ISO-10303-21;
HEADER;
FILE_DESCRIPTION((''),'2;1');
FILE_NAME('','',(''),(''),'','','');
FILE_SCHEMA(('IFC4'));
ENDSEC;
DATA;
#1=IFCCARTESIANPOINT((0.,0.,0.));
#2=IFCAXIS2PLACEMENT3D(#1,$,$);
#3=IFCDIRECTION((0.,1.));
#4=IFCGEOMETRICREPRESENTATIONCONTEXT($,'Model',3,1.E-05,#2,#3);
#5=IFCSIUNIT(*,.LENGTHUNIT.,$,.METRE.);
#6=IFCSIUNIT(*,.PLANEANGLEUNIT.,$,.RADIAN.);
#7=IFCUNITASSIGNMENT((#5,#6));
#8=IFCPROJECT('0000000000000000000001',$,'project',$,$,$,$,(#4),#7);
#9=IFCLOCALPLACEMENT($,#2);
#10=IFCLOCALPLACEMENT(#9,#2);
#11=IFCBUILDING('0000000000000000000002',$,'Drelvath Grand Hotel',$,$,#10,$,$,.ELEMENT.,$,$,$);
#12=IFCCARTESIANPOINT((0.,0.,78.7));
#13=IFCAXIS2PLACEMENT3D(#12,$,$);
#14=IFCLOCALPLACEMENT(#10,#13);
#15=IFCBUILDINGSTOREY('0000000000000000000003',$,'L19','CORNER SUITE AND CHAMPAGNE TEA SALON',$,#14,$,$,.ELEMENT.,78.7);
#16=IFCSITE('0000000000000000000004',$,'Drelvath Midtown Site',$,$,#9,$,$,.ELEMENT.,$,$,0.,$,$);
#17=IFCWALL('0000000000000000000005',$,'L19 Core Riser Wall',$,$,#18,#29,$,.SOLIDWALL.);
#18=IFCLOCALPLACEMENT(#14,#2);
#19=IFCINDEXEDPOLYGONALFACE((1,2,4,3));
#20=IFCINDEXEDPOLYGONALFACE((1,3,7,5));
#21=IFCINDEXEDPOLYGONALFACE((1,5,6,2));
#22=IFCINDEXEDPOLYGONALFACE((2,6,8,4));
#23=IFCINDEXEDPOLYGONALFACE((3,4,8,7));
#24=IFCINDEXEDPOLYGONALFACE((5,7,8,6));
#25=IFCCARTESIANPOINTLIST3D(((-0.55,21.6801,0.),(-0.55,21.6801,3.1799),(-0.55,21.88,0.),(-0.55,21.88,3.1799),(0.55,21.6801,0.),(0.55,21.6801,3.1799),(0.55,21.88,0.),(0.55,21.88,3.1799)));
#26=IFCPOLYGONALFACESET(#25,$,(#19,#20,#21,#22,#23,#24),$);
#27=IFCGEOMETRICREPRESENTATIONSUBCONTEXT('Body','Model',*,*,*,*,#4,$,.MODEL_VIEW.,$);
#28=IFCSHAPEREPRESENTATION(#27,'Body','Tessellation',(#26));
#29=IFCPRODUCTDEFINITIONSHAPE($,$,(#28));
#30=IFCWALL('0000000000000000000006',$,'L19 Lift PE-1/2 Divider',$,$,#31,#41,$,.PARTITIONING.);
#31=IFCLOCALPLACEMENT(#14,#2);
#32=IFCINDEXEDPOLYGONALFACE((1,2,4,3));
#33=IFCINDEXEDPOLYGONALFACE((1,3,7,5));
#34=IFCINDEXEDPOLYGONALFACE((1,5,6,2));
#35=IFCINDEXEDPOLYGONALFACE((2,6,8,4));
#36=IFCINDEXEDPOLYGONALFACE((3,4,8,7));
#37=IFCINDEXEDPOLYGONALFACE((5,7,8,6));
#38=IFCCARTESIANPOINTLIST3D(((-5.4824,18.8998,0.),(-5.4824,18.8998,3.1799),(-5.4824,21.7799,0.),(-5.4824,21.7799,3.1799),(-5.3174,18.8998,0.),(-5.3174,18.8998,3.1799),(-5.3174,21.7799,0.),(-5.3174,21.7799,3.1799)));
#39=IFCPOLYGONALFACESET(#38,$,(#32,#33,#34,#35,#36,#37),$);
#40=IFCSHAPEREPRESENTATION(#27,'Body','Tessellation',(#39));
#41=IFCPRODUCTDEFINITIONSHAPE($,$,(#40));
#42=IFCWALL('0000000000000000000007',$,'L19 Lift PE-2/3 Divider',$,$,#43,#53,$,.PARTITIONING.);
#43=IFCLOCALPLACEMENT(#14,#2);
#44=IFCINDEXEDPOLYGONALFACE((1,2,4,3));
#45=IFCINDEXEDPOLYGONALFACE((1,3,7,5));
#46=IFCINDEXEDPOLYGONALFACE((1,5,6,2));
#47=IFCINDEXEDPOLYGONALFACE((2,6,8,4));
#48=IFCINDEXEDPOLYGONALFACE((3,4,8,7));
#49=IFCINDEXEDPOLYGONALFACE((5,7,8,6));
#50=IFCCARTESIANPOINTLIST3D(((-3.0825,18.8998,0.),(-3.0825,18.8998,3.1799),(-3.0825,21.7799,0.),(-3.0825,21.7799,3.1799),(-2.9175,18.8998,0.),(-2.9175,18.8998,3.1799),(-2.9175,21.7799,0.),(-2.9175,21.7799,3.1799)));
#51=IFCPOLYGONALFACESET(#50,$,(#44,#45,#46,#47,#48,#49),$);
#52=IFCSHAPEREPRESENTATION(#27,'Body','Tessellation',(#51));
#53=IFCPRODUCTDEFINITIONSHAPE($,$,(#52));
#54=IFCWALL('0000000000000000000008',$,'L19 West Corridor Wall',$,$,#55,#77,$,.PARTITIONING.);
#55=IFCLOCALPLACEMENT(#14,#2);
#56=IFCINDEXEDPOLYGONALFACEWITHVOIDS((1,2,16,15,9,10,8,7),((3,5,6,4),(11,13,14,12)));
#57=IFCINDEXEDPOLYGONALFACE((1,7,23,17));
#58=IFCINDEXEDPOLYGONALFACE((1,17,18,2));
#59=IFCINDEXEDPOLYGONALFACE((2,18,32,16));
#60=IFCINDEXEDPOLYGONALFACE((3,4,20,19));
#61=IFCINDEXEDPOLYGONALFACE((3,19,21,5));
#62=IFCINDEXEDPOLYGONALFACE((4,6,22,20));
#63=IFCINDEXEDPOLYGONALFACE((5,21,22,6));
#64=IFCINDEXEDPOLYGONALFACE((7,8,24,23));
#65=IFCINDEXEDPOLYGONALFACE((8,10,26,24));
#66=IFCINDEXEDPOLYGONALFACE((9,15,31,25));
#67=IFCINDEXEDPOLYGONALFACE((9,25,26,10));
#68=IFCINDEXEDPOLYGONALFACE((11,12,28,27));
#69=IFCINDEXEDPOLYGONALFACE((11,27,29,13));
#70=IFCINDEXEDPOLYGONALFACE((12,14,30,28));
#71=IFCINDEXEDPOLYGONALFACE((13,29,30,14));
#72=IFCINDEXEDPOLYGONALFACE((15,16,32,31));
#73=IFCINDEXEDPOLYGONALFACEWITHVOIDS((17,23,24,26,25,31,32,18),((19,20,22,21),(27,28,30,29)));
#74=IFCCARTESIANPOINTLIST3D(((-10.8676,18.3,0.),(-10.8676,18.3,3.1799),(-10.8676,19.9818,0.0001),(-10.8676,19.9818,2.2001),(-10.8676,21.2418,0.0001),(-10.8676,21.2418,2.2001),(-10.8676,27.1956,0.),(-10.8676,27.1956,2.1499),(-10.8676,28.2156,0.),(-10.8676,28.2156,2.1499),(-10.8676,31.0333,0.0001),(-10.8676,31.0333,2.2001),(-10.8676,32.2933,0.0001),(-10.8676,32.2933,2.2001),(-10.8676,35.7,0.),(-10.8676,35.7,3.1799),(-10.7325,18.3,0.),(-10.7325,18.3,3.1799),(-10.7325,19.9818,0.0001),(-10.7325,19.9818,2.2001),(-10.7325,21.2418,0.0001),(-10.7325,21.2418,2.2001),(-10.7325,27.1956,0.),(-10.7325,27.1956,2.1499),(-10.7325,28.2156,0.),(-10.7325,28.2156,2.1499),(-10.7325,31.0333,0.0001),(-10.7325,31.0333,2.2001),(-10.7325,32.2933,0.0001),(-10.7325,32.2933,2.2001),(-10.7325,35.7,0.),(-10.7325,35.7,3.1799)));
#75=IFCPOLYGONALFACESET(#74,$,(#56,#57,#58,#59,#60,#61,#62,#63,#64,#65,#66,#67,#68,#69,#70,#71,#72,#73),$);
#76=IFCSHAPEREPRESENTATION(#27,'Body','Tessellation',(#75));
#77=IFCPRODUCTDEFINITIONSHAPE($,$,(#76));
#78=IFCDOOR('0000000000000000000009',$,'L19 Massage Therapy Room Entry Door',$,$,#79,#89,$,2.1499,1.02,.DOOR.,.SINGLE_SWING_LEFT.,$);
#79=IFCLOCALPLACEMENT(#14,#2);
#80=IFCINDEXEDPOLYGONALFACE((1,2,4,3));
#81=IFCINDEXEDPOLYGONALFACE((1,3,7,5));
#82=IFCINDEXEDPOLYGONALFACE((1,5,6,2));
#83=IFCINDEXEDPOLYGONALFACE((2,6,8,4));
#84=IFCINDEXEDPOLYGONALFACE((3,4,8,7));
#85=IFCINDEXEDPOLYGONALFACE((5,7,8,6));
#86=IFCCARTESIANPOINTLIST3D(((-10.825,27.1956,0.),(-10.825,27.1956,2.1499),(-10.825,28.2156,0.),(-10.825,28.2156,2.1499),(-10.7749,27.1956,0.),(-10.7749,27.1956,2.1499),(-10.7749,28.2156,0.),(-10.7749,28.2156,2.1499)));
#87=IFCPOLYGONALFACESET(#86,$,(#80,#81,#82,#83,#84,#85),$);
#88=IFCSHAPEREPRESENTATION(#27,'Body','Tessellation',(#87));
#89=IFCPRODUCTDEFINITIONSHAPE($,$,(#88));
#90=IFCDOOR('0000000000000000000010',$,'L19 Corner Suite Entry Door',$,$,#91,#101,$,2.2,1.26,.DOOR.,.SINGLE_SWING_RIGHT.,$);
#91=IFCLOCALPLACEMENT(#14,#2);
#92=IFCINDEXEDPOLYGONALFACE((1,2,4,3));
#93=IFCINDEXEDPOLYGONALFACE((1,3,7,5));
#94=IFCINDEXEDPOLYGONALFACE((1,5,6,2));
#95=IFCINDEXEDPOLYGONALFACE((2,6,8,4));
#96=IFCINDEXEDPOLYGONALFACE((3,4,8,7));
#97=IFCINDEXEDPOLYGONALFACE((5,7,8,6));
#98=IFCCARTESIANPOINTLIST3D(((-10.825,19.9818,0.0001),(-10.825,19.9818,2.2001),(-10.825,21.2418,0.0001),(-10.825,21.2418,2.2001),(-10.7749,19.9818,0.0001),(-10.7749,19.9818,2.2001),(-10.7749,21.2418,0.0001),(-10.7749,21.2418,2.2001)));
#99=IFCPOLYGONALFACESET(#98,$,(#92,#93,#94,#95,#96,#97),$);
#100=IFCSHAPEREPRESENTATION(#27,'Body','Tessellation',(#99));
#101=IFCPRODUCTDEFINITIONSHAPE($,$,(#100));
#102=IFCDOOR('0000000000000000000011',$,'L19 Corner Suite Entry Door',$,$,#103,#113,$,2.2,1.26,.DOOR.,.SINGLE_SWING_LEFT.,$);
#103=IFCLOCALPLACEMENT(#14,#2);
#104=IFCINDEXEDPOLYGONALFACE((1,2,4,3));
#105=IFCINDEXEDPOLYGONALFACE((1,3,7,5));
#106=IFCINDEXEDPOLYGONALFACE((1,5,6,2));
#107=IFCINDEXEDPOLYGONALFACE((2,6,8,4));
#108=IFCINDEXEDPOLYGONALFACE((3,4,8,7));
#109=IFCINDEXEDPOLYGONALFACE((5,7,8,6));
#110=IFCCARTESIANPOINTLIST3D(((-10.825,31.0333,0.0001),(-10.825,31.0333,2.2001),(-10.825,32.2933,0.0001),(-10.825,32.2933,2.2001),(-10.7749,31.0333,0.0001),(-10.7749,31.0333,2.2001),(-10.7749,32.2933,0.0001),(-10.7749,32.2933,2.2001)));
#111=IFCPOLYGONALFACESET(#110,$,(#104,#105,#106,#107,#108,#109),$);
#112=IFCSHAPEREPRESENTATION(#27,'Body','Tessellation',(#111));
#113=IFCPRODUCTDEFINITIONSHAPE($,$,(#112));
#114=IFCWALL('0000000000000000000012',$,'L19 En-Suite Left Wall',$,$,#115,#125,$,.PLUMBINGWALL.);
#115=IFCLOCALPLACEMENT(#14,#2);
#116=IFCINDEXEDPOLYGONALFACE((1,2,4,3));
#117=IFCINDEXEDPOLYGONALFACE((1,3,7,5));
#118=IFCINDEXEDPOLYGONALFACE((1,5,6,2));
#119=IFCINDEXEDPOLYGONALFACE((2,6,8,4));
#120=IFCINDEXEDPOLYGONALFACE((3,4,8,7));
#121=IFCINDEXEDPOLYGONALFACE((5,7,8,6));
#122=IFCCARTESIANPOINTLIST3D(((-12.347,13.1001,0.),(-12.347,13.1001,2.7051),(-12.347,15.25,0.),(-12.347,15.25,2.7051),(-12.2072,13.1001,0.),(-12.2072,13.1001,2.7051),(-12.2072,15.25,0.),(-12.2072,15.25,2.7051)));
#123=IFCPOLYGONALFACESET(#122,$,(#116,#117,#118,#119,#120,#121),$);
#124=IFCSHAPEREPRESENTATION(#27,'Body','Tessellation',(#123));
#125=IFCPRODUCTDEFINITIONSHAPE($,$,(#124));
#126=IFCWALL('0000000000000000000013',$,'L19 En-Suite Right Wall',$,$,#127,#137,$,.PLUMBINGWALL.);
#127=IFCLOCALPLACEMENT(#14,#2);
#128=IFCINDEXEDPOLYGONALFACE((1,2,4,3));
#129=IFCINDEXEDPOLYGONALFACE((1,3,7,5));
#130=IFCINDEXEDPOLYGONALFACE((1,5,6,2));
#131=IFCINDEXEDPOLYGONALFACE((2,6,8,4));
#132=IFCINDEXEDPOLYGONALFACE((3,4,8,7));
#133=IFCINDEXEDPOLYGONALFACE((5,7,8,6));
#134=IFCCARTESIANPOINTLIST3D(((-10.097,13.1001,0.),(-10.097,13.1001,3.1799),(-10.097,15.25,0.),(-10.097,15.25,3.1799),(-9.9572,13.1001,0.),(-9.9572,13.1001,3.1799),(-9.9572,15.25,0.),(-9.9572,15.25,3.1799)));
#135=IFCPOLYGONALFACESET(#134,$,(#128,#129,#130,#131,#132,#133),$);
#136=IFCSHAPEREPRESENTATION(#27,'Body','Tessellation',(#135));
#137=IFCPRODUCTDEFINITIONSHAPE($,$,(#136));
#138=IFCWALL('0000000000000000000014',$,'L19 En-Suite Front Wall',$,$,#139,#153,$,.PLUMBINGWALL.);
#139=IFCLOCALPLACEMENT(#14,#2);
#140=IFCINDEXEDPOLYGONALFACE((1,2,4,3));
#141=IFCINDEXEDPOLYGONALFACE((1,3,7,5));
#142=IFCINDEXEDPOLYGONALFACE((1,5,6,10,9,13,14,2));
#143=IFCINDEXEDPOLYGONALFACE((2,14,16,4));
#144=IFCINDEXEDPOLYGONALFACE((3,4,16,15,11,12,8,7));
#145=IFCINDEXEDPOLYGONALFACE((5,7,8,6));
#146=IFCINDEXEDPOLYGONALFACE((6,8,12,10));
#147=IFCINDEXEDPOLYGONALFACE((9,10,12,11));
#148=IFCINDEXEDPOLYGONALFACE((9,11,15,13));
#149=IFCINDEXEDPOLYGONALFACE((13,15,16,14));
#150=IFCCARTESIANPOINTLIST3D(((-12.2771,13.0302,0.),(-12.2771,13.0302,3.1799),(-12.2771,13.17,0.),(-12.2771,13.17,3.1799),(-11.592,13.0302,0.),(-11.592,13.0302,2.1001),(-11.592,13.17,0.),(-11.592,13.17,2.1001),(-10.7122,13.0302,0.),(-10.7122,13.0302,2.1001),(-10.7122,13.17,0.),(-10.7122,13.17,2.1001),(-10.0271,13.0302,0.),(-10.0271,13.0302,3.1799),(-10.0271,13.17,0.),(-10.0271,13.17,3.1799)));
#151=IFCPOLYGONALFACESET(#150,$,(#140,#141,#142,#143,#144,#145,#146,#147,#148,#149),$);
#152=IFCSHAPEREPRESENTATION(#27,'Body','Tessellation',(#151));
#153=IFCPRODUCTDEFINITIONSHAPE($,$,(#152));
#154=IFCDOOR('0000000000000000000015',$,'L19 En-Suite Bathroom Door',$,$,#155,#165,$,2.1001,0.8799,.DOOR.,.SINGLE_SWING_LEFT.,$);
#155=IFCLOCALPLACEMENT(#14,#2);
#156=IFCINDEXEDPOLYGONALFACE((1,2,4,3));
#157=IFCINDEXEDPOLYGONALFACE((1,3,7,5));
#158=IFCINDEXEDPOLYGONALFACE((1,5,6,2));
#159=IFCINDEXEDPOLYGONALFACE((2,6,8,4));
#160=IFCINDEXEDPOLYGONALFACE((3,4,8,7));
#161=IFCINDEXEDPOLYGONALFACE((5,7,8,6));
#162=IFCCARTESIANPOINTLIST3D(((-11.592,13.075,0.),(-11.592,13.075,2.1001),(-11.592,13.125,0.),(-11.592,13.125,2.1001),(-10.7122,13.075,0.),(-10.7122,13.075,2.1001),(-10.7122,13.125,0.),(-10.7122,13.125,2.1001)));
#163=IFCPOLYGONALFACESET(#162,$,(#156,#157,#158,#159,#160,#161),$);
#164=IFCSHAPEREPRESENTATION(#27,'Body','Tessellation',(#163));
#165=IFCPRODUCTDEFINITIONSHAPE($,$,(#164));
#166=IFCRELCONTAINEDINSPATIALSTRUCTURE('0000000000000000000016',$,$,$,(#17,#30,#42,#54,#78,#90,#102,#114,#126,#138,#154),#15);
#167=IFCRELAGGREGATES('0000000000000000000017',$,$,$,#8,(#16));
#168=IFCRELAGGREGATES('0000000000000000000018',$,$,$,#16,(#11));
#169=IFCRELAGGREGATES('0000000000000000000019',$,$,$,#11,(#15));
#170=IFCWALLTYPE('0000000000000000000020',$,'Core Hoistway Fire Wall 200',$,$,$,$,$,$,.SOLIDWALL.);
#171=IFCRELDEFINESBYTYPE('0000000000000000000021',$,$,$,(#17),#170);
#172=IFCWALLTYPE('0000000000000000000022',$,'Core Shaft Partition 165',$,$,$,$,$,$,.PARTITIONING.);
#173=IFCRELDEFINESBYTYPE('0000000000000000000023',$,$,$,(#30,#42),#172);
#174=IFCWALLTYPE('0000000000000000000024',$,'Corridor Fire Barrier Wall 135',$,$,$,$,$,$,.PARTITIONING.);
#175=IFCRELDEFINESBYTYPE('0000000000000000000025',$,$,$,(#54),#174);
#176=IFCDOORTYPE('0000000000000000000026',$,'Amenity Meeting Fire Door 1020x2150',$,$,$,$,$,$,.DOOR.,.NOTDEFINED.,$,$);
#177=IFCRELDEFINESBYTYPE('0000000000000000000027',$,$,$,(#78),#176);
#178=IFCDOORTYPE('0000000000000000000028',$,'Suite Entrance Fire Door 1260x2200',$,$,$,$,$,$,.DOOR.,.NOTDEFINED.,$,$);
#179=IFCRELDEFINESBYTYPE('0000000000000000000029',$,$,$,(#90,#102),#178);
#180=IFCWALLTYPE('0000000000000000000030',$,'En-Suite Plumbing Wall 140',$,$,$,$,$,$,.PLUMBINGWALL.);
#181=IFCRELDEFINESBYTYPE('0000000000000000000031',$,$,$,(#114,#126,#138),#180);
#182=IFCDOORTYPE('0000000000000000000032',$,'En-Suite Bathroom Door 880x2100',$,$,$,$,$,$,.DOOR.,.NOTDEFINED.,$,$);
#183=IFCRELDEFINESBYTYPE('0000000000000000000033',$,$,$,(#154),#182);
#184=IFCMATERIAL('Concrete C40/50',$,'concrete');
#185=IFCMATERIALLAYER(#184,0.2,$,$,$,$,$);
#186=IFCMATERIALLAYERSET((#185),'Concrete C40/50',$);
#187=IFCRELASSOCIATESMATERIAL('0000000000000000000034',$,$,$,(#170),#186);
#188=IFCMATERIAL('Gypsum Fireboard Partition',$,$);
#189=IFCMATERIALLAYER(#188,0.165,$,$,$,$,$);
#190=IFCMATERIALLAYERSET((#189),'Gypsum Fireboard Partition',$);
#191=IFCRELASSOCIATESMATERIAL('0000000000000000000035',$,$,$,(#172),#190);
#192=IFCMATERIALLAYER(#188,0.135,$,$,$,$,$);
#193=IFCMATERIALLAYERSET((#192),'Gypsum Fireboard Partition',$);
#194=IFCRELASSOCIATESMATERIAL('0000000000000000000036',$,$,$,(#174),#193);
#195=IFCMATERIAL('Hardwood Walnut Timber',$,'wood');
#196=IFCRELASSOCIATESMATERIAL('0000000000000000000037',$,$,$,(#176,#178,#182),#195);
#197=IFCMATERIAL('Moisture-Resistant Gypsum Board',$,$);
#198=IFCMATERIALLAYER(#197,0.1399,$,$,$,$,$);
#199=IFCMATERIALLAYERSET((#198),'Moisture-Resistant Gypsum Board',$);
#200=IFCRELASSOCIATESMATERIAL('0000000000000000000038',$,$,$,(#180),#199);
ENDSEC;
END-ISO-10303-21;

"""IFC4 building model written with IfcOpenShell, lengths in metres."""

from ifc_helpers import new_model, si_unit, direction, frame, frame_2d, origin, place, context, subcontext, project, spatial, rectangle, extrude, material, layer, layer_set, type_object, element, fill, save


model = new_model("IFC4")

# Units and contexts
model_context = context("Model", 3, precision=1e-05, world=origin(), true_north=direction((0.0, 1.0)))
body_context = subcontext(model_context, "Body", "Model", "MODEL_VIEW")
ifc_project = project(units=[si_unit("LENGTHUNIT", "METRE"), si_unit("PLANEANGLEUNIT", "RADIAN")], contexts=[model_context])

# Site, building, storey
site_placement = place(None, origin())
site = spatial("IfcSite", under=ifc_project, at=site_placement, Name="Drelvath Midtown Site", CompositionType="ELEMENT", RefElevation=0.0)
building_placement = place(site_placement, origin())
building = spatial("IfcBuilding", under=site, at=building_placement, Name="Drelvath Grand Hotel", CompositionType="ELEMENT")
storey_placement = place(building_placement, frame((0.0, 0.0, 78.7)))
storey = spatial("IfcBuildingStorey", under=building, at=storey_placement, Name="L19", Description="CORNER SUITE AND CHAMPAGNE TEA SALON", CompositionType="ELEMENT", Elevation=78.7)

# Shared definitions
ifc_material_1 = material(Name="Concrete C40/50", Category="concrete")
ifc_layer_1 = layer(ifc_material_1, 0.2)
ifc_layer_set_1 = layer_set([ifc_layer_1], Name="Concrete C40/50")
wall_type_1 = type_object("IfcWallType", Name="Core Hoistway Fire Wall 200", PredefinedType="SOLIDWALL", material=ifc_layer_set_1)

# Walls
wall_1_placement = place(storey_placement, frame((-0.55, 21.78, 0.0), z_axis=(0.0, 0.0, 1.0), x_axis=(1.0, 0.0, 0.0)))
element("IfcWall", 1, at=wall_1_placement, inside=storey, type_object=wall_type_1, Name="L19 Core Riser Wall", PredefinedType="SOLIDWALL", context=body_context, shape_type="SweptSolid", body=[
    extrude(rectangle(XDim=1.1001, YDim=0.2, at=frame_2d((0.55, 0.0))), origin(), (0.0, 0.0, 1.0), 3.1799),
])
ifc_material_2 = material(Name="Gypsum Fireboard Partition")
ifc_layer_2 = layer(ifc_material_2, 0.165)
ifc_layer_set_2 = layer_set([ifc_layer_2], Name="Gypsum Fireboard Partition")
wall_type_2 = type_object("IfcWallType", Name="Core Shaft Partition 165", PredefinedType="PARTITIONING", material=ifc_layer_set_2)
for number, where, z_axis, x_axis, name in (
    (2, (-5.3999, 18.8999, 0.0), (0.0, 0.0, 1.0), (0.0, 1.0, 0.0), "L19 Lift PE-1/2 Divider"),
    (3, (-3.0, 18.8999, 0.0), (0.0, 0.0, 1.0), (0.0, 1.0, 0.0), "L19 Lift PE-2/3 Divider"),
):
    element("IfcWall", number, at=place(storey_placement, frame(where, z_axis=z_axis, x_axis=x_axis)), inside=storey, type_object=wall_type_2, Name=name, PredefinedType="PARTITIONING", context=body_context, shape_type="SweptSolid", body=[
        extrude(rectangle(XDim=2.8801, YDim=0.165, at=frame_2d((1.4399, 0.0))), origin(), (0.0, 0.0, 1.0), 3.1799),
    ])

# Wall, openings, doors
ifc_layer_3 = layer(ifc_material_2, 0.135)
ifc_layer_set_3 = layer_set([ifc_layer_3], Name="Gypsum Fireboard Partition")
wall_type_3 = type_object("IfcWallType", Name="Corridor Fire Barrier Wall 135", PredefinedType="PARTITIONING", material=ifc_layer_set_3)
wall_2_placement = place(storey_placement, frame((-10.8, 18.3, 0.0), z_axis=(0.0, 0.0, 1.0), x_axis=(0.0, 1.0, 0.0)))
wall_2 = element("IfcWall", 4, at=wall_2_placement, inside=storey, type_object=wall_type_3, Name="L19 West Corridor Wall", PredefinedType="PARTITIONING", context=body_context, shape_type="SweptSolid", body=[
    extrude(rectangle(XDim=17.3999, YDim=0.135, at=frame_2d((8.7, 0.0))), origin(), (0.0, 0.0, 1.0), 3.1799),
])
opening_1_placement = place(wall_2_placement, frame((1.6819, 0.0, 0.0)))
opening_1 = element("IfcOpeningElement", 5, at=opening_1_placement, cuts=wall_2, PredefinedType="OPENING", context=body_context, shape_type="SweptSolid", body=[
    extrude(rectangle(XDim=1.26, YDim=2.2, at=frame_2d((0.6299, 1.1001))), frame((0.0, 0.0774, 0.0), z_axis=(0.0, -1.0, 0.0), x_axis=(1.0, 0.0, 0.0)), (0.0, 0.0, 1.0), 0.155),
])
opening_2_placement = place(wall_2_placement, frame((8.8955, 0.0, 0.0)))
opening_2 = element("IfcOpeningElement", 6, at=opening_2_placement, cuts=wall_2, PredefinedType="OPENING", context=body_context, shape_type="SweptSolid", body=[
    extrude(rectangle(XDim=1.02, YDim=2.1499, at=frame_2d((0.51, 1.075))), frame((0.0, 0.0774, 0.0), z_axis=(0.0, -1.0, 0.0), x_axis=(1.0, 0.0, 0.0)), (0.0, 0.0, 1.0), 0.155),
])
opening_3_placement = place(wall_2_placement, frame((12.7334, 0.0, 0.0)))
opening_3 = element("IfcOpeningElement", 7, at=opening_3_placement, cuts=wall_2, PredefinedType="OPENING", context=body_context, shape_type="SweptSolid", body=[
    extrude(rectangle(XDim=1.26, YDim=2.2, at=frame_2d((0.6299, 1.1001))), frame((0.0, 0.0774, 0.0), z_axis=(0.0, -1.0, 0.0), x_axis=(1.0, 0.0, 0.0)), (0.0, 0.0, 1.0), 0.155),
])
ifc_material_3 = material(Name="Hardwood Walnut Timber", Category="wood")
door_type_1 = type_object("IfcDoorType", Name="Amenity Meeting Fire Door 1020x2150", OperationType="NOTDEFINED", PredefinedType="DOOR", material=ifc_material_3)
door_1_placement = place(opening_2_placement, origin())
door_1 = element("IfcDoor", 8, at=door_1_placement, inside=storey, type_object=door_type_1, Name="L19 Massage Therapy Room Entry Door", OperationType="SINGLE_SWING_LEFT", OverallHeight=2.1499, OverallWidth=1.02, PredefinedType="DOOR", context=body_context, shape_type="SweptSolid", body=[
    extrude(rectangle(XDim=1.02, YDim=2.1499, at=frame_2d((0.51, 1.075))), frame((0.0, 0.0249, 0.0), z_axis=(0.0, -1.0, 0.0), x_axis=(1.0, 0.0, 0.0)), (0.0, 0.0, 1.0), 0.05),
])
fill(opening_2, door_1)
door_type_2 = type_object("IfcDoorType", Name="Suite Entrance Fire Door 1260x2200", OperationType="NOTDEFINED", PredefinedType="DOOR", material=ifc_material_3)
door_2_placement = place(opening_1_placement, origin())
door_2 = element("IfcDoor", 9, at=door_2_placement, inside=storey, type_object=door_type_2, Name="L19 Corner Suite Entry Door", OperationType="SINGLE_SWING_RIGHT", OverallHeight=2.2, OverallWidth=1.26, PredefinedType="DOOR", context=body_context, shape_type="SweptSolid", body=[
    extrude(rectangle(XDim=1.26, YDim=2.2, at=frame_2d((0.6299, 1.1001))), frame((0.0, 0.0249, 0.0), z_axis=(0.0, -1.0, 0.0), x_axis=(1.0, 0.0, 0.0)), (0.0, 0.0, 1.0), 0.05),
])
fill(opening_1, door_2)
door_3_placement = place(opening_3_placement, origin())
door_3 = element("IfcDoor", 10, at=door_3_placement, inside=storey, type_object=door_type_2, Name="L19 Corner Suite Entry Door", OperationType="SINGLE_SWING_LEFT", OverallHeight=2.2, OverallWidth=1.26, PredefinedType="DOOR", context=body_context, shape_type="SweptSolid", body=[
    extrude(rectangle(XDim=1.26, YDim=2.2, at=frame_2d((0.6299, 1.1001))), frame((0.0, 0.0249, 0.0), z_axis=(0.0, -1.0, 0.0), x_axis=(1.0, 0.0, 0.0)), (0.0, 0.0, 1.0), 0.05),
])
fill(opening_3, door_3)

# Walls
ifc_material_4 = material(Name="Moisture-Resistant Gypsum Board")
ifc_layer_4 = layer(ifc_material_4, 0.1399)
ifc_layer_set_4 = layer_set([ifc_layer_4], Name="Moisture-Resistant Gypsum Board")
wall_type_4 = type_object("IfcWallType", Name="En-Suite Plumbing Wall 140", PredefinedType="PLUMBINGWALL", material=ifc_layer_set_4)
wall_3_placement = place(storey_placement, frame((-12.2771, 15.25, 0.0), z_axis=(0.0, 0.0, 1.0), x_axis=(0.0, -1.0, 0.0)))
element("IfcWall", 11, at=wall_3_placement, inside=storey, type_object=wall_type_4, Name="L19 En-Suite Left Wall", PredefinedType="PLUMBINGWALL", context=body_context, shape_type="SweptSolid", body=[
    extrude(rectangle(XDim=2.1499, YDim=0.1399, at=frame_2d((1.075, 0.0))), origin(), (0.0, 0.0, 1.0), 2.7051),
])
wall_4_placement = place(storey_placement, frame((-10.0271, 15.25, 0.0), z_axis=(0.0, 0.0, 1.0), x_axis=(0.0, -1.0, 0.0)))
element("IfcWall", 12, at=wall_4_placement, inside=storey, type_object=wall_type_4, Name="L19 En-Suite Right Wall", PredefinedType="PLUMBINGWALL", context=body_context, shape_type="SweptSolid", body=[
    extrude(rectangle(XDim=2.1499, YDim=0.1399, at=frame_2d((1.075, 0.0))), origin(), (0.0, 0.0, 1.0), 3.1799),
])

# Wall, opening, door
wall_5_placement = place(storey_placement, frame((-12.2771, 13.1001, 0.0), z_axis=(0.0, 0.0, 1.0), x_axis=(1.0, 0.0, 0.0)))
wall_5 = element("IfcWall", 13, at=wall_5_placement, inside=storey, type_object=wall_type_4, Name="L19 En-Suite Front Wall", PredefinedType="PLUMBINGWALL", context=body_context, shape_type="SweptSolid", body=[
    extrude(rectangle(XDim=2.25, YDim=0.1399, at=frame_2d((1.125, 0.0))), origin(), (0.0, 0.0, 1.0), 3.1799),
])
opening_4_placement = place(wall_5_placement, frame((0.6851, 0.0, 0.0)))
opening_4 = element("IfcOpeningElement", 14, at=opening_4_placement, cuts=wall_5, PredefinedType="OPENING", context=body_context, shape_type="SweptSolid", body=[
    extrude(rectangle(XDim=0.8799, YDim=2.1001, at=frame_2d((0.4399, 1.05))), frame((0.0, 0.0798, 0.0), z_axis=(0.0, -1.0, 0.0), x_axis=(1.0, 0.0, 0.0)), (0.0, 0.0, 1.0), 0.1599),
])
door_type_3 = type_object("IfcDoorType", Name="En-Suite Bathroom Door 880x2100", OperationType="NOTDEFINED", PredefinedType="DOOR", material=ifc_material_3)
door_4_placement = place(opening_4_placement, origin())
door_4 = element("IfcDoor", 15, at=door_4_placement, inside=storey, type_object=door_type_3, Name="L19 En-Suite Bathroom Door", OperationType="SINGLE_SWING_LEFT", OverallHeight=2.1001, OverallWidth=0.8799, PredefinedType="DOOR", context=body_context, shape_type="SweptSolid", body=[
    extrude(rectangle(XDim=0.8799, YDim=2.1001, at=frame_2d((0.4399, 1.05))), frame((0.0, 0.0249, 0.0), z_axis=(0.0, -1.0, 0.0), x_axis=(1.0, 0.0, 0.0)), (0.0, 0.0, 1.0), 0.05),
])
fill(opening_4, door_4)

save(model, "model.ifc")
